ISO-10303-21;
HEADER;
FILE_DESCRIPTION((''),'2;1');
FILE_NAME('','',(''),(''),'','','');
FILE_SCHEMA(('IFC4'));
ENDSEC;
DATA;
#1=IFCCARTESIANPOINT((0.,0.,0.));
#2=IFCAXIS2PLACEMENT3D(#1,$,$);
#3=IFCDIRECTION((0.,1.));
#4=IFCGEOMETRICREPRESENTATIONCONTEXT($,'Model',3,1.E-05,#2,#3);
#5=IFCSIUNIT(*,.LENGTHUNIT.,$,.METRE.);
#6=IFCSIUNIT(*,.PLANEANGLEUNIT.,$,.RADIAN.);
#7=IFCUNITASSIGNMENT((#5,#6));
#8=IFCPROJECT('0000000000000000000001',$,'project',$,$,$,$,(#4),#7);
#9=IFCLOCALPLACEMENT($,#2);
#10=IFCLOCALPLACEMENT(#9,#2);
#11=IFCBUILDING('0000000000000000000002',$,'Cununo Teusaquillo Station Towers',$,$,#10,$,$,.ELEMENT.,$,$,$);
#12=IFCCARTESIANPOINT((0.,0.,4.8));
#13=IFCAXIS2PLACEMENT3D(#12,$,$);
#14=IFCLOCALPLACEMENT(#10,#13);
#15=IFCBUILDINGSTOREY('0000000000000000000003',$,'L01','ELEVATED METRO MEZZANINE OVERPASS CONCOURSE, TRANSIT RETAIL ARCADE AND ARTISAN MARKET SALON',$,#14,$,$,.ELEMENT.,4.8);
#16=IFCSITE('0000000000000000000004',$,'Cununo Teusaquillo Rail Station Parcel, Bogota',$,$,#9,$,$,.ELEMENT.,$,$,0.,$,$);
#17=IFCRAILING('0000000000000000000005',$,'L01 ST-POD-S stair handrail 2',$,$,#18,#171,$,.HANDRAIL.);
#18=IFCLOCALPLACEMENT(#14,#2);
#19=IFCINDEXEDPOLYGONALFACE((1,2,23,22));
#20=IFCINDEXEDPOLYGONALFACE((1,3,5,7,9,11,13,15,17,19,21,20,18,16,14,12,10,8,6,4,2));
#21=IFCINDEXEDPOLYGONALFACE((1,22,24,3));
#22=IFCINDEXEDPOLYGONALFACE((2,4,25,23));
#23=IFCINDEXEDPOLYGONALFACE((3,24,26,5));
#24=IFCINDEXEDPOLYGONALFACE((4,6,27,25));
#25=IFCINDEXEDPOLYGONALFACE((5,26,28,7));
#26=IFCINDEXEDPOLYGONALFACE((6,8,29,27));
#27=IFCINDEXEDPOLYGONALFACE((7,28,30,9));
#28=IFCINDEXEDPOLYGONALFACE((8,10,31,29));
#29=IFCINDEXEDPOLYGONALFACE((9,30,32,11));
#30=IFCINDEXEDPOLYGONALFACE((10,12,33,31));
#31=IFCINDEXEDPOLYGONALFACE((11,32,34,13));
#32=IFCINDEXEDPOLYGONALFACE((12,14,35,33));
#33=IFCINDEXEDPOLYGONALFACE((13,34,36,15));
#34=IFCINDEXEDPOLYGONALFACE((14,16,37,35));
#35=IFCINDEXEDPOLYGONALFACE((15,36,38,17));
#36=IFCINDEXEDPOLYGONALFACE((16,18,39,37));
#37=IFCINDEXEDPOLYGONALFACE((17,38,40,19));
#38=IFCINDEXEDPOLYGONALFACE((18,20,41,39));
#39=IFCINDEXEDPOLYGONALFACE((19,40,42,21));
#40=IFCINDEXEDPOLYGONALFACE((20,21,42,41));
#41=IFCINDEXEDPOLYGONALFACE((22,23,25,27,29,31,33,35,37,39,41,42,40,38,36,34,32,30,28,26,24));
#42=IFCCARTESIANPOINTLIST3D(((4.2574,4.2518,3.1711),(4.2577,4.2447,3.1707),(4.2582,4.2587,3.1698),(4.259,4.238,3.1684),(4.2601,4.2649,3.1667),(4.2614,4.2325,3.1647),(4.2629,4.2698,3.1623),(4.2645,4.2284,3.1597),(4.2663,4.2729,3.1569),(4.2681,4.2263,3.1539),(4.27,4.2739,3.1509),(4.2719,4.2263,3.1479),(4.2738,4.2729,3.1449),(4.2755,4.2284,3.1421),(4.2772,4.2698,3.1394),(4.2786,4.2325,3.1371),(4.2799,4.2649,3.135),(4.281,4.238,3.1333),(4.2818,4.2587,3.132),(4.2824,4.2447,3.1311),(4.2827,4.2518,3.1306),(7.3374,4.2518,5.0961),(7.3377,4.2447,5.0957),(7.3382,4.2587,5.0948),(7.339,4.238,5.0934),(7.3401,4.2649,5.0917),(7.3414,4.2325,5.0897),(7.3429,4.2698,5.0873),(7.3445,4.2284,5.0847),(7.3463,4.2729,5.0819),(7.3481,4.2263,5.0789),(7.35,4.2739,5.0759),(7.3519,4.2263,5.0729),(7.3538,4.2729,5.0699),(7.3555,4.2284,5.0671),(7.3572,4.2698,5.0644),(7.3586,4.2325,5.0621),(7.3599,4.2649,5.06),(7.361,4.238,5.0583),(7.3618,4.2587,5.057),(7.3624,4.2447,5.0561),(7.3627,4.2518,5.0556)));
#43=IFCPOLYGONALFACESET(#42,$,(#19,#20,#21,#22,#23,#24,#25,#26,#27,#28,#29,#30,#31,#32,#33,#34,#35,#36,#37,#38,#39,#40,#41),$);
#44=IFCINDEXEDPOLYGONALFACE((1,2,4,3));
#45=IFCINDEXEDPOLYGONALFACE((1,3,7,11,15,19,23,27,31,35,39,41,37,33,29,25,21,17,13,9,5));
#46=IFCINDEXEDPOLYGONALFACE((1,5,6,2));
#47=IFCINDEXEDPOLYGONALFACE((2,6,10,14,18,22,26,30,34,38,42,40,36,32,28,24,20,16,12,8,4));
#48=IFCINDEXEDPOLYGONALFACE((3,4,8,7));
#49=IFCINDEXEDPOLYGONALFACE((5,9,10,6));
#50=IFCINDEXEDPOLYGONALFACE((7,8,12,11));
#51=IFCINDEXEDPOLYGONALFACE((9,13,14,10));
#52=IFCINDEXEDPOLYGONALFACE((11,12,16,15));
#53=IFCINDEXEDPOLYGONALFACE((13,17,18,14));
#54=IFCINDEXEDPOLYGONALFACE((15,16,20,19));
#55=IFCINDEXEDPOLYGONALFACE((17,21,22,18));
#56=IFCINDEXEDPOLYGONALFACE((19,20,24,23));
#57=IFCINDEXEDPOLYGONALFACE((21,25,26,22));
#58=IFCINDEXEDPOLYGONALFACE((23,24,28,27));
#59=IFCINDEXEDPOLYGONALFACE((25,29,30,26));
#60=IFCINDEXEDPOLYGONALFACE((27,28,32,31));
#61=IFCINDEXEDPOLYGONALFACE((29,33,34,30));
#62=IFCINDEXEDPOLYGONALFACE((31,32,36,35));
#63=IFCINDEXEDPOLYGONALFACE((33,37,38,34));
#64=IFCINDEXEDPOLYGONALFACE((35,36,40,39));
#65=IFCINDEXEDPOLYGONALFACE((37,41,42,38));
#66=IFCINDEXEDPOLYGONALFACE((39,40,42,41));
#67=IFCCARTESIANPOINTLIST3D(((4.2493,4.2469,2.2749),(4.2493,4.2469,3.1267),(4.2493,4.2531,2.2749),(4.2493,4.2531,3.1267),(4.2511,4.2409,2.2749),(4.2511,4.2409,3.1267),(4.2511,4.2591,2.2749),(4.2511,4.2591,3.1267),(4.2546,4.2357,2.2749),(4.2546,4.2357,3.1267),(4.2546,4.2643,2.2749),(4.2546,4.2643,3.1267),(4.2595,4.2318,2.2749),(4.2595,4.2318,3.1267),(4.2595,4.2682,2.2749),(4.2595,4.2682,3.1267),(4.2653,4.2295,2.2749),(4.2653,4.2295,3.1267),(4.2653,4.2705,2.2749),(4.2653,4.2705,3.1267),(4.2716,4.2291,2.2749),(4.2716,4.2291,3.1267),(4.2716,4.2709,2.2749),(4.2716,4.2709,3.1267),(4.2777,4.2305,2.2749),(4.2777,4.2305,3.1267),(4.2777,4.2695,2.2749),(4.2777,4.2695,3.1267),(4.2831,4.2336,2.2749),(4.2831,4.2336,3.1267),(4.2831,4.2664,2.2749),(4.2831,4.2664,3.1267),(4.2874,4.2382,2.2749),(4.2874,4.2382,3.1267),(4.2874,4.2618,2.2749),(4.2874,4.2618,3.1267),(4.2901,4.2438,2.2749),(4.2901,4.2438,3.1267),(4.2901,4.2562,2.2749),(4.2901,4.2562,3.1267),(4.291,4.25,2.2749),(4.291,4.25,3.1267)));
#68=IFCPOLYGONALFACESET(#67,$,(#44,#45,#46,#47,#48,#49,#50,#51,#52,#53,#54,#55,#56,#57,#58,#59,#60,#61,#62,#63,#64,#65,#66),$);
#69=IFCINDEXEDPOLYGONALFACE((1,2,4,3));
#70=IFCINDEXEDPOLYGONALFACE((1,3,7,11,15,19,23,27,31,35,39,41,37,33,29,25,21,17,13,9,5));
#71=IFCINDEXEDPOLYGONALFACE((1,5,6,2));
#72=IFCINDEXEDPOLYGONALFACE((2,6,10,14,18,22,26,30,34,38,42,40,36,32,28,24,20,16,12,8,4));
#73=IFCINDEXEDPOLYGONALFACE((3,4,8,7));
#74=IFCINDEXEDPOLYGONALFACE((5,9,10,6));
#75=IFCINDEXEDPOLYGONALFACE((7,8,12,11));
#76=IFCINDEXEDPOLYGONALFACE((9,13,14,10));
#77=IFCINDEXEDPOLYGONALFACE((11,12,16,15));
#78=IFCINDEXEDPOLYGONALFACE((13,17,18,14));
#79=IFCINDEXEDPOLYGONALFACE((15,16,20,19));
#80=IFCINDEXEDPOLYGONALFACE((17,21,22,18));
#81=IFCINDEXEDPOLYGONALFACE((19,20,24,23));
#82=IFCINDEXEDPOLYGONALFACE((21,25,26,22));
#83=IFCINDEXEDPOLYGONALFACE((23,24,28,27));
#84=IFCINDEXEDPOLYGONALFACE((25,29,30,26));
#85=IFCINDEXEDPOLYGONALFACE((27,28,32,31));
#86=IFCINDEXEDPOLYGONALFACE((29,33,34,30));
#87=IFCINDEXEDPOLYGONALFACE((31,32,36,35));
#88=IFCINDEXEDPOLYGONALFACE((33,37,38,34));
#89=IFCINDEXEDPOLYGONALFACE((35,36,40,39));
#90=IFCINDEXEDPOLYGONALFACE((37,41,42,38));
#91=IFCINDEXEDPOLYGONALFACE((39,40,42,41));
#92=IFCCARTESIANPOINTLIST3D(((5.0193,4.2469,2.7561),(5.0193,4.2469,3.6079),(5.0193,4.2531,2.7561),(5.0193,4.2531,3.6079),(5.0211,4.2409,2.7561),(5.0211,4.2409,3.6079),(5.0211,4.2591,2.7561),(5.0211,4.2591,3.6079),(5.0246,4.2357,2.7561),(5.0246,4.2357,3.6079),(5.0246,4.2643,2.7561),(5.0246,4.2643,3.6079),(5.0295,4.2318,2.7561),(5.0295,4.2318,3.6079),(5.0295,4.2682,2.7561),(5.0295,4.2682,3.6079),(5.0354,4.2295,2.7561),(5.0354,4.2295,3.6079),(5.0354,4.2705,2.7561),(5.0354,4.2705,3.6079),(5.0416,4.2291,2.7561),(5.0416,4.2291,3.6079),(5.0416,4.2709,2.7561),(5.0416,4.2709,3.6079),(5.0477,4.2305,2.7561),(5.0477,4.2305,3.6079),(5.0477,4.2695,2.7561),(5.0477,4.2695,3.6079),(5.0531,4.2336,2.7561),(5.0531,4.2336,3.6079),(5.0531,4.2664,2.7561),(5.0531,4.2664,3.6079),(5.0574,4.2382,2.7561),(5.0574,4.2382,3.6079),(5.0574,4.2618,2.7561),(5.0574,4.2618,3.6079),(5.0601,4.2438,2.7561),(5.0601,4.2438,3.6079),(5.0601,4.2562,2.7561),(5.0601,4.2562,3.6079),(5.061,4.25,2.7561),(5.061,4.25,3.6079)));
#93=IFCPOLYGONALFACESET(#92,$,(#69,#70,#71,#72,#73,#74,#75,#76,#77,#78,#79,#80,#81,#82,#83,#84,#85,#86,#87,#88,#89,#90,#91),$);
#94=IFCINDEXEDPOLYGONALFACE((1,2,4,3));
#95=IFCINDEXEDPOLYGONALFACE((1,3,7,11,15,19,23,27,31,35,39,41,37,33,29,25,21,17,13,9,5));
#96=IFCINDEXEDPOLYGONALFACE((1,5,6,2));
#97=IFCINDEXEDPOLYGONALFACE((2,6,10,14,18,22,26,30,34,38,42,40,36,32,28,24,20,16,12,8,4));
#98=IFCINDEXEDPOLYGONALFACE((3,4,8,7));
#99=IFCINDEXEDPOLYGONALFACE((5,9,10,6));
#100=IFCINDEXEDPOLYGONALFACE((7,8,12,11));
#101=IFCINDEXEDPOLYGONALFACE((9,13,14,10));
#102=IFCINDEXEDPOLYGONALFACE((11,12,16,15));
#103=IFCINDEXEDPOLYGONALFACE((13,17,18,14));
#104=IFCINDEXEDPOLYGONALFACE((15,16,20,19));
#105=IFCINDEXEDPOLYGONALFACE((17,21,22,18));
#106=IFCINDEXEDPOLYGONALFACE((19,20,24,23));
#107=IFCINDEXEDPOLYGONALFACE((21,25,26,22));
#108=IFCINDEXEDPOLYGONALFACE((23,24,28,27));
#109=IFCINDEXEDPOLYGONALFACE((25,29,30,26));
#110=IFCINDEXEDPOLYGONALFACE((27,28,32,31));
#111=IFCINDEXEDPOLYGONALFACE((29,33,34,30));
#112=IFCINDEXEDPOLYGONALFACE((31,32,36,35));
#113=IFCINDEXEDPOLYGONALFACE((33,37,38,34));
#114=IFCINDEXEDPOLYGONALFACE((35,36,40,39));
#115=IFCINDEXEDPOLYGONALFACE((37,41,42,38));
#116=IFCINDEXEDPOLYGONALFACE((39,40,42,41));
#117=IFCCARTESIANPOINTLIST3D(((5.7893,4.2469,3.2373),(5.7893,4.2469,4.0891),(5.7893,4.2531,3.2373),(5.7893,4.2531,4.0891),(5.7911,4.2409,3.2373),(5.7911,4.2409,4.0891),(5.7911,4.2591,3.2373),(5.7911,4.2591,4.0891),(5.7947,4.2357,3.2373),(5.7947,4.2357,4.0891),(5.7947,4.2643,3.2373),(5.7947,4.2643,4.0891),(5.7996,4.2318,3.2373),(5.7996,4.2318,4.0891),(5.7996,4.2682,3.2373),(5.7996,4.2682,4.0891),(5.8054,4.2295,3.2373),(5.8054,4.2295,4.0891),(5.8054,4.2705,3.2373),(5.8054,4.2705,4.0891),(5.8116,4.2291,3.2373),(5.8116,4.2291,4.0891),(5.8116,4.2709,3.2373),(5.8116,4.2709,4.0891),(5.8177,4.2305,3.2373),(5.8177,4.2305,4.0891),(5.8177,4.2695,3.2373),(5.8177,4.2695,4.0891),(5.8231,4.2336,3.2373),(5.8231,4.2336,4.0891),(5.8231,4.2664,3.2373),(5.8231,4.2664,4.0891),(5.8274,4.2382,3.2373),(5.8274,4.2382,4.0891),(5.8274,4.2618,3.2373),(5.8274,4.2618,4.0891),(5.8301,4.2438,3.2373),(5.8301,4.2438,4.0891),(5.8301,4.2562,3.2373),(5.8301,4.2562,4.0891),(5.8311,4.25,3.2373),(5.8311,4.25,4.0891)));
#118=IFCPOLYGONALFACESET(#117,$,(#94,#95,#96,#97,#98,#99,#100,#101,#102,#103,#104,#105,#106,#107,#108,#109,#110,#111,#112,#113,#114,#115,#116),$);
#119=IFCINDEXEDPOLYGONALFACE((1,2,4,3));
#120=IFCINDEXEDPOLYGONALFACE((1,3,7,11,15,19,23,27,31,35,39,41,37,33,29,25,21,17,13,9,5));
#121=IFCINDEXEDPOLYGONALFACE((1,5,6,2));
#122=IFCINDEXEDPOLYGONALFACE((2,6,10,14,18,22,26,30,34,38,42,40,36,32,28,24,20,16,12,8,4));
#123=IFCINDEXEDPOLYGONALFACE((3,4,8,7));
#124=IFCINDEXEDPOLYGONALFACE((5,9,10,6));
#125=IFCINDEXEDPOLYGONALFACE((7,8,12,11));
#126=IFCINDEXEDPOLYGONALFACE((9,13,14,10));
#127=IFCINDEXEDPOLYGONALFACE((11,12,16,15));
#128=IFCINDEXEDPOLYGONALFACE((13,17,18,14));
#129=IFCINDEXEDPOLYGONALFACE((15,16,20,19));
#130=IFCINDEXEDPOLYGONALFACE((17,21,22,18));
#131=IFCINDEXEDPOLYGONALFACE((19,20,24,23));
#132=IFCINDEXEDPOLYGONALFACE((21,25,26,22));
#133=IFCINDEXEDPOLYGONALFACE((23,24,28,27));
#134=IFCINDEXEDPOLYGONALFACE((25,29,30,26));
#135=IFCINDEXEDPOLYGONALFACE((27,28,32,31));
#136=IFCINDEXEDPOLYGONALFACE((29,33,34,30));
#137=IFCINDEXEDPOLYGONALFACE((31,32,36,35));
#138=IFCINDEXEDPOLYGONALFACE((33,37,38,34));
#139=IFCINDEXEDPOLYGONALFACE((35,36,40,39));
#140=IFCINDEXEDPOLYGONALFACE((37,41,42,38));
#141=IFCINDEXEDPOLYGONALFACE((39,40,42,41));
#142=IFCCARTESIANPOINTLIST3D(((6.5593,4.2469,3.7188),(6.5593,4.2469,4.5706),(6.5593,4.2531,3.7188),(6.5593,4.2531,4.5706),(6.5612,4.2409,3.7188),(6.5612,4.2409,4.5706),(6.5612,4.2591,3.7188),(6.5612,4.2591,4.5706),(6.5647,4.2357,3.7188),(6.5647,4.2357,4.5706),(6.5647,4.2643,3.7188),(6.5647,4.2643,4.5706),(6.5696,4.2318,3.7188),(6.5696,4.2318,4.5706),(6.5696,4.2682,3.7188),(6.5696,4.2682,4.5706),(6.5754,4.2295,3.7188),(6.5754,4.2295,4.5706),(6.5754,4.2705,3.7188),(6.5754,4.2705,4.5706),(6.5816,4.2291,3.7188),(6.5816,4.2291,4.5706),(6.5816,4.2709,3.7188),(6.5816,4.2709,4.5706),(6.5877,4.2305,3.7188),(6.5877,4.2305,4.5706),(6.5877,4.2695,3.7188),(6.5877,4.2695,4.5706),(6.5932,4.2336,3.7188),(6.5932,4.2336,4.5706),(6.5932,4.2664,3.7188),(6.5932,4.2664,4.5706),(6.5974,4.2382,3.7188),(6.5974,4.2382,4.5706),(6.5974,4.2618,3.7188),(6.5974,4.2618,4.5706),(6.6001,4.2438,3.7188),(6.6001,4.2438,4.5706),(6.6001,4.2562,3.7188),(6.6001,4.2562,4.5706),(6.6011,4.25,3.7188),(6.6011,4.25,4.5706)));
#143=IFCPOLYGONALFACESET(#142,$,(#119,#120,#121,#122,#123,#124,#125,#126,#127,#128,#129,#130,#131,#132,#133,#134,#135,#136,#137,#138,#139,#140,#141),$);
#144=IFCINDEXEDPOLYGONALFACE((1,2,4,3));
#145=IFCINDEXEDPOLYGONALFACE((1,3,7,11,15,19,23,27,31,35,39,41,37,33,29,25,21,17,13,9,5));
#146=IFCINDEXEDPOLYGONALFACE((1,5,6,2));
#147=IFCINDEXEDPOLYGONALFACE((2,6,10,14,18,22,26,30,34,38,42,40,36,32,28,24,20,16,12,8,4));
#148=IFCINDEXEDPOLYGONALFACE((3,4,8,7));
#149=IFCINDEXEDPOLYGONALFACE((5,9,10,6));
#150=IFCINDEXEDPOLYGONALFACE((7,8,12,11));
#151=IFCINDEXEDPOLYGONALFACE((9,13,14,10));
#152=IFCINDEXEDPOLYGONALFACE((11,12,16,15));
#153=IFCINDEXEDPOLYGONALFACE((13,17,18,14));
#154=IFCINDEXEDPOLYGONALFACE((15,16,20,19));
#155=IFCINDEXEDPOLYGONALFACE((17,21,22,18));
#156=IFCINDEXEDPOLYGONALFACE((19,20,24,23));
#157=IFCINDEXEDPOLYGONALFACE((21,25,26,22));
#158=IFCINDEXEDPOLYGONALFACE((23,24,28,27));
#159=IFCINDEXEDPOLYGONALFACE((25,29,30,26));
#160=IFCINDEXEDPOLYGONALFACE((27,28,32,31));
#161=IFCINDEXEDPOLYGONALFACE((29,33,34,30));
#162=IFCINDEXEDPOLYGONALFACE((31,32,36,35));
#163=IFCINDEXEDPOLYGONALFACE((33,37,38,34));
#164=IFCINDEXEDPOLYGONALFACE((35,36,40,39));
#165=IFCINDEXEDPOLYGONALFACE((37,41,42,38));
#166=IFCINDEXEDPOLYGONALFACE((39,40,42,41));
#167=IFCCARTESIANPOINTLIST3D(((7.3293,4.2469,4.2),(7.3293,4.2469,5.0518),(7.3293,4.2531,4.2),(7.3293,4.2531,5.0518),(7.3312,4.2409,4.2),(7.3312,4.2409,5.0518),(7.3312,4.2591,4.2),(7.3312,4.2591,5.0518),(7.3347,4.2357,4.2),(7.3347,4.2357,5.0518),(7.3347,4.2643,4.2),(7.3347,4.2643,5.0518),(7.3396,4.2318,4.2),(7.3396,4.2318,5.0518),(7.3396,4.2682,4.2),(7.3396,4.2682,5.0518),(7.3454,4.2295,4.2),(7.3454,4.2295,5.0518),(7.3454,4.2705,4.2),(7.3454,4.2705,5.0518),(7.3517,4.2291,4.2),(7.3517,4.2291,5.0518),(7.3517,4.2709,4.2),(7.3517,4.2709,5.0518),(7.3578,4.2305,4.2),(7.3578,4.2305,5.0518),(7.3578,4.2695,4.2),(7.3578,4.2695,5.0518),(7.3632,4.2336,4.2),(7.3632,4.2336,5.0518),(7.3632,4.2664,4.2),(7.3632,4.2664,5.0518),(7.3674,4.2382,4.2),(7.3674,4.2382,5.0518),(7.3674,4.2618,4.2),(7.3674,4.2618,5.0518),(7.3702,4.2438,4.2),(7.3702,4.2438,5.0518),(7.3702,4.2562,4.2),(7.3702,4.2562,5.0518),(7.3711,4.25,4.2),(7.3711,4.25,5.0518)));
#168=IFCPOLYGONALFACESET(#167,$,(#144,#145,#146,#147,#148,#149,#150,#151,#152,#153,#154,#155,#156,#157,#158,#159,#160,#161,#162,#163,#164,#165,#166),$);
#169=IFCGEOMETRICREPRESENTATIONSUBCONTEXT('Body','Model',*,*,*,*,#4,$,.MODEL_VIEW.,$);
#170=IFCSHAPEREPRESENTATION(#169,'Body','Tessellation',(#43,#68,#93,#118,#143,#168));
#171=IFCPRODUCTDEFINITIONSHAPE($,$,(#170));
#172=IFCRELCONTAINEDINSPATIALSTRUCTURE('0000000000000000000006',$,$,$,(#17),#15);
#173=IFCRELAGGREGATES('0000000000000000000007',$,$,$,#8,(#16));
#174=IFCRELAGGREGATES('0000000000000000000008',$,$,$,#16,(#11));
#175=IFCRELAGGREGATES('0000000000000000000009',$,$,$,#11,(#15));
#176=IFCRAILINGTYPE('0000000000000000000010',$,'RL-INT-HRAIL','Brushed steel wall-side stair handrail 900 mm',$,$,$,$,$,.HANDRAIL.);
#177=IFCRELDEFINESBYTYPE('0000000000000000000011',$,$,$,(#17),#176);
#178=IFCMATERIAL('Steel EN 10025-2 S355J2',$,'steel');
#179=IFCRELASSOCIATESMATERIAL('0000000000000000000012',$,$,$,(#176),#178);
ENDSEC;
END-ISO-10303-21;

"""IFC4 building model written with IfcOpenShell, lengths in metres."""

from ifc_helpers import new_model, si_unit, direction, frame, origin, origin_2d, place, context, subcontext, project, spatial, circle, extrude, material, type_object, element, save


model = new_model("IFC4")

# Units and contexts
model_context = context("Model", 3, precision=1e-05, world=origin(), true_north=direction((0.0, 1.0)))
body_context = subcontext(model_context, "Body", "Model", "MODEL_VIEW")
ifc_project = project(units=[si_unit("LENGTHUNIT", "METRE"), si_unit("PLANEANGLEUNIT", "RADIAN")], contexts=[model_context])

# Site, building, storey
site_placement = place(None, origin())
site = spatial("IfcSite", under=ifc_project, at=site_placement, Name="Cununo Teusaquillo Rail Station Parcel, Bogota", CompositionType="ELEMENT", RefElevation=0.0)
building_placement = place(site_placement, origin())
building = spatial("IfcBuilding", under=site, at=building_placement, Name="Cununo Teusaquillo Station Towers", CompositionType="ELEMENT")
storey_placement = place(building_placement, frame((0.0, 0.0, 4.8)))
storey = spatial("IfcBuildingStorey", under=building, at=storey_placement, Name="L01", Description="ELEVATED METRO MEZZANINE OVERPASS CONCOURSE, TRANSIT RETAIL ARCADE AND ARTISAN MARKET SALON", CompositionType="ELEMENT", Elevation=4.8)

# Railing
ifc_material_1 = material(Name="Steel EN 10025-2 S355J2", Category="steel")
railing_type_1 = type_object("IfcRailingType", Name="RL-INT-HRAIL", Description="Brushed steel wall-side stair handrail 900 mm", PredefinedType="HANDRAIL", material=ifc_material_1)
railing_1_placement = place(storey_placement, frame((4.27, 4.25, 2.2749)))
element("IfcRailing", 1, at=railing_1_placement, inside=storey, type_object=railing_type_1, Name="L01 ST-POD-S stair handrail 2", PredefinedType="HANDRAIL", context=body_context, shape_type="SweptSolid", body=[
    extrude(circle(Radius=0.0239, at=origin_2d()), frame((0.0, 0.0, 0.876), z_axis=(0.847998, 0.0, 0.529999), x_axis=(0.0, 1.0, 0.0)), (0.0, 0.0, 1.0), 3.6321),
    extrude(circle(Radius=0.021, at=origin_2d()), origin(), (0.0, 0.0, 1.0), 0.8518),
    extrude(circle(Radius=0.021, at=origin_2d()), frame((0.77, 0.0, 0.4812)), (0.0, 0.0, 1.0), 0.8518),
    extrude(circle(Radius=0.021, at=origin_2d()), frame((1.54, 0.0, 0.9624)), (0.0, 0.0, 1.0), 0.8518),
    extrude(circle(Radius=0.021, at=origin_2d()), frame((2.3101, 0.0, 1.4438)), (0.0, 0.0, 1.0), 0.8518),
    extrude(circle(Radius=0.021, at=origin_2d()), frame((3.0801, 0.0, 1.925)), (0.0, 0.0, 1.0), 0.8518),
])

save(model, "model.ifc")
